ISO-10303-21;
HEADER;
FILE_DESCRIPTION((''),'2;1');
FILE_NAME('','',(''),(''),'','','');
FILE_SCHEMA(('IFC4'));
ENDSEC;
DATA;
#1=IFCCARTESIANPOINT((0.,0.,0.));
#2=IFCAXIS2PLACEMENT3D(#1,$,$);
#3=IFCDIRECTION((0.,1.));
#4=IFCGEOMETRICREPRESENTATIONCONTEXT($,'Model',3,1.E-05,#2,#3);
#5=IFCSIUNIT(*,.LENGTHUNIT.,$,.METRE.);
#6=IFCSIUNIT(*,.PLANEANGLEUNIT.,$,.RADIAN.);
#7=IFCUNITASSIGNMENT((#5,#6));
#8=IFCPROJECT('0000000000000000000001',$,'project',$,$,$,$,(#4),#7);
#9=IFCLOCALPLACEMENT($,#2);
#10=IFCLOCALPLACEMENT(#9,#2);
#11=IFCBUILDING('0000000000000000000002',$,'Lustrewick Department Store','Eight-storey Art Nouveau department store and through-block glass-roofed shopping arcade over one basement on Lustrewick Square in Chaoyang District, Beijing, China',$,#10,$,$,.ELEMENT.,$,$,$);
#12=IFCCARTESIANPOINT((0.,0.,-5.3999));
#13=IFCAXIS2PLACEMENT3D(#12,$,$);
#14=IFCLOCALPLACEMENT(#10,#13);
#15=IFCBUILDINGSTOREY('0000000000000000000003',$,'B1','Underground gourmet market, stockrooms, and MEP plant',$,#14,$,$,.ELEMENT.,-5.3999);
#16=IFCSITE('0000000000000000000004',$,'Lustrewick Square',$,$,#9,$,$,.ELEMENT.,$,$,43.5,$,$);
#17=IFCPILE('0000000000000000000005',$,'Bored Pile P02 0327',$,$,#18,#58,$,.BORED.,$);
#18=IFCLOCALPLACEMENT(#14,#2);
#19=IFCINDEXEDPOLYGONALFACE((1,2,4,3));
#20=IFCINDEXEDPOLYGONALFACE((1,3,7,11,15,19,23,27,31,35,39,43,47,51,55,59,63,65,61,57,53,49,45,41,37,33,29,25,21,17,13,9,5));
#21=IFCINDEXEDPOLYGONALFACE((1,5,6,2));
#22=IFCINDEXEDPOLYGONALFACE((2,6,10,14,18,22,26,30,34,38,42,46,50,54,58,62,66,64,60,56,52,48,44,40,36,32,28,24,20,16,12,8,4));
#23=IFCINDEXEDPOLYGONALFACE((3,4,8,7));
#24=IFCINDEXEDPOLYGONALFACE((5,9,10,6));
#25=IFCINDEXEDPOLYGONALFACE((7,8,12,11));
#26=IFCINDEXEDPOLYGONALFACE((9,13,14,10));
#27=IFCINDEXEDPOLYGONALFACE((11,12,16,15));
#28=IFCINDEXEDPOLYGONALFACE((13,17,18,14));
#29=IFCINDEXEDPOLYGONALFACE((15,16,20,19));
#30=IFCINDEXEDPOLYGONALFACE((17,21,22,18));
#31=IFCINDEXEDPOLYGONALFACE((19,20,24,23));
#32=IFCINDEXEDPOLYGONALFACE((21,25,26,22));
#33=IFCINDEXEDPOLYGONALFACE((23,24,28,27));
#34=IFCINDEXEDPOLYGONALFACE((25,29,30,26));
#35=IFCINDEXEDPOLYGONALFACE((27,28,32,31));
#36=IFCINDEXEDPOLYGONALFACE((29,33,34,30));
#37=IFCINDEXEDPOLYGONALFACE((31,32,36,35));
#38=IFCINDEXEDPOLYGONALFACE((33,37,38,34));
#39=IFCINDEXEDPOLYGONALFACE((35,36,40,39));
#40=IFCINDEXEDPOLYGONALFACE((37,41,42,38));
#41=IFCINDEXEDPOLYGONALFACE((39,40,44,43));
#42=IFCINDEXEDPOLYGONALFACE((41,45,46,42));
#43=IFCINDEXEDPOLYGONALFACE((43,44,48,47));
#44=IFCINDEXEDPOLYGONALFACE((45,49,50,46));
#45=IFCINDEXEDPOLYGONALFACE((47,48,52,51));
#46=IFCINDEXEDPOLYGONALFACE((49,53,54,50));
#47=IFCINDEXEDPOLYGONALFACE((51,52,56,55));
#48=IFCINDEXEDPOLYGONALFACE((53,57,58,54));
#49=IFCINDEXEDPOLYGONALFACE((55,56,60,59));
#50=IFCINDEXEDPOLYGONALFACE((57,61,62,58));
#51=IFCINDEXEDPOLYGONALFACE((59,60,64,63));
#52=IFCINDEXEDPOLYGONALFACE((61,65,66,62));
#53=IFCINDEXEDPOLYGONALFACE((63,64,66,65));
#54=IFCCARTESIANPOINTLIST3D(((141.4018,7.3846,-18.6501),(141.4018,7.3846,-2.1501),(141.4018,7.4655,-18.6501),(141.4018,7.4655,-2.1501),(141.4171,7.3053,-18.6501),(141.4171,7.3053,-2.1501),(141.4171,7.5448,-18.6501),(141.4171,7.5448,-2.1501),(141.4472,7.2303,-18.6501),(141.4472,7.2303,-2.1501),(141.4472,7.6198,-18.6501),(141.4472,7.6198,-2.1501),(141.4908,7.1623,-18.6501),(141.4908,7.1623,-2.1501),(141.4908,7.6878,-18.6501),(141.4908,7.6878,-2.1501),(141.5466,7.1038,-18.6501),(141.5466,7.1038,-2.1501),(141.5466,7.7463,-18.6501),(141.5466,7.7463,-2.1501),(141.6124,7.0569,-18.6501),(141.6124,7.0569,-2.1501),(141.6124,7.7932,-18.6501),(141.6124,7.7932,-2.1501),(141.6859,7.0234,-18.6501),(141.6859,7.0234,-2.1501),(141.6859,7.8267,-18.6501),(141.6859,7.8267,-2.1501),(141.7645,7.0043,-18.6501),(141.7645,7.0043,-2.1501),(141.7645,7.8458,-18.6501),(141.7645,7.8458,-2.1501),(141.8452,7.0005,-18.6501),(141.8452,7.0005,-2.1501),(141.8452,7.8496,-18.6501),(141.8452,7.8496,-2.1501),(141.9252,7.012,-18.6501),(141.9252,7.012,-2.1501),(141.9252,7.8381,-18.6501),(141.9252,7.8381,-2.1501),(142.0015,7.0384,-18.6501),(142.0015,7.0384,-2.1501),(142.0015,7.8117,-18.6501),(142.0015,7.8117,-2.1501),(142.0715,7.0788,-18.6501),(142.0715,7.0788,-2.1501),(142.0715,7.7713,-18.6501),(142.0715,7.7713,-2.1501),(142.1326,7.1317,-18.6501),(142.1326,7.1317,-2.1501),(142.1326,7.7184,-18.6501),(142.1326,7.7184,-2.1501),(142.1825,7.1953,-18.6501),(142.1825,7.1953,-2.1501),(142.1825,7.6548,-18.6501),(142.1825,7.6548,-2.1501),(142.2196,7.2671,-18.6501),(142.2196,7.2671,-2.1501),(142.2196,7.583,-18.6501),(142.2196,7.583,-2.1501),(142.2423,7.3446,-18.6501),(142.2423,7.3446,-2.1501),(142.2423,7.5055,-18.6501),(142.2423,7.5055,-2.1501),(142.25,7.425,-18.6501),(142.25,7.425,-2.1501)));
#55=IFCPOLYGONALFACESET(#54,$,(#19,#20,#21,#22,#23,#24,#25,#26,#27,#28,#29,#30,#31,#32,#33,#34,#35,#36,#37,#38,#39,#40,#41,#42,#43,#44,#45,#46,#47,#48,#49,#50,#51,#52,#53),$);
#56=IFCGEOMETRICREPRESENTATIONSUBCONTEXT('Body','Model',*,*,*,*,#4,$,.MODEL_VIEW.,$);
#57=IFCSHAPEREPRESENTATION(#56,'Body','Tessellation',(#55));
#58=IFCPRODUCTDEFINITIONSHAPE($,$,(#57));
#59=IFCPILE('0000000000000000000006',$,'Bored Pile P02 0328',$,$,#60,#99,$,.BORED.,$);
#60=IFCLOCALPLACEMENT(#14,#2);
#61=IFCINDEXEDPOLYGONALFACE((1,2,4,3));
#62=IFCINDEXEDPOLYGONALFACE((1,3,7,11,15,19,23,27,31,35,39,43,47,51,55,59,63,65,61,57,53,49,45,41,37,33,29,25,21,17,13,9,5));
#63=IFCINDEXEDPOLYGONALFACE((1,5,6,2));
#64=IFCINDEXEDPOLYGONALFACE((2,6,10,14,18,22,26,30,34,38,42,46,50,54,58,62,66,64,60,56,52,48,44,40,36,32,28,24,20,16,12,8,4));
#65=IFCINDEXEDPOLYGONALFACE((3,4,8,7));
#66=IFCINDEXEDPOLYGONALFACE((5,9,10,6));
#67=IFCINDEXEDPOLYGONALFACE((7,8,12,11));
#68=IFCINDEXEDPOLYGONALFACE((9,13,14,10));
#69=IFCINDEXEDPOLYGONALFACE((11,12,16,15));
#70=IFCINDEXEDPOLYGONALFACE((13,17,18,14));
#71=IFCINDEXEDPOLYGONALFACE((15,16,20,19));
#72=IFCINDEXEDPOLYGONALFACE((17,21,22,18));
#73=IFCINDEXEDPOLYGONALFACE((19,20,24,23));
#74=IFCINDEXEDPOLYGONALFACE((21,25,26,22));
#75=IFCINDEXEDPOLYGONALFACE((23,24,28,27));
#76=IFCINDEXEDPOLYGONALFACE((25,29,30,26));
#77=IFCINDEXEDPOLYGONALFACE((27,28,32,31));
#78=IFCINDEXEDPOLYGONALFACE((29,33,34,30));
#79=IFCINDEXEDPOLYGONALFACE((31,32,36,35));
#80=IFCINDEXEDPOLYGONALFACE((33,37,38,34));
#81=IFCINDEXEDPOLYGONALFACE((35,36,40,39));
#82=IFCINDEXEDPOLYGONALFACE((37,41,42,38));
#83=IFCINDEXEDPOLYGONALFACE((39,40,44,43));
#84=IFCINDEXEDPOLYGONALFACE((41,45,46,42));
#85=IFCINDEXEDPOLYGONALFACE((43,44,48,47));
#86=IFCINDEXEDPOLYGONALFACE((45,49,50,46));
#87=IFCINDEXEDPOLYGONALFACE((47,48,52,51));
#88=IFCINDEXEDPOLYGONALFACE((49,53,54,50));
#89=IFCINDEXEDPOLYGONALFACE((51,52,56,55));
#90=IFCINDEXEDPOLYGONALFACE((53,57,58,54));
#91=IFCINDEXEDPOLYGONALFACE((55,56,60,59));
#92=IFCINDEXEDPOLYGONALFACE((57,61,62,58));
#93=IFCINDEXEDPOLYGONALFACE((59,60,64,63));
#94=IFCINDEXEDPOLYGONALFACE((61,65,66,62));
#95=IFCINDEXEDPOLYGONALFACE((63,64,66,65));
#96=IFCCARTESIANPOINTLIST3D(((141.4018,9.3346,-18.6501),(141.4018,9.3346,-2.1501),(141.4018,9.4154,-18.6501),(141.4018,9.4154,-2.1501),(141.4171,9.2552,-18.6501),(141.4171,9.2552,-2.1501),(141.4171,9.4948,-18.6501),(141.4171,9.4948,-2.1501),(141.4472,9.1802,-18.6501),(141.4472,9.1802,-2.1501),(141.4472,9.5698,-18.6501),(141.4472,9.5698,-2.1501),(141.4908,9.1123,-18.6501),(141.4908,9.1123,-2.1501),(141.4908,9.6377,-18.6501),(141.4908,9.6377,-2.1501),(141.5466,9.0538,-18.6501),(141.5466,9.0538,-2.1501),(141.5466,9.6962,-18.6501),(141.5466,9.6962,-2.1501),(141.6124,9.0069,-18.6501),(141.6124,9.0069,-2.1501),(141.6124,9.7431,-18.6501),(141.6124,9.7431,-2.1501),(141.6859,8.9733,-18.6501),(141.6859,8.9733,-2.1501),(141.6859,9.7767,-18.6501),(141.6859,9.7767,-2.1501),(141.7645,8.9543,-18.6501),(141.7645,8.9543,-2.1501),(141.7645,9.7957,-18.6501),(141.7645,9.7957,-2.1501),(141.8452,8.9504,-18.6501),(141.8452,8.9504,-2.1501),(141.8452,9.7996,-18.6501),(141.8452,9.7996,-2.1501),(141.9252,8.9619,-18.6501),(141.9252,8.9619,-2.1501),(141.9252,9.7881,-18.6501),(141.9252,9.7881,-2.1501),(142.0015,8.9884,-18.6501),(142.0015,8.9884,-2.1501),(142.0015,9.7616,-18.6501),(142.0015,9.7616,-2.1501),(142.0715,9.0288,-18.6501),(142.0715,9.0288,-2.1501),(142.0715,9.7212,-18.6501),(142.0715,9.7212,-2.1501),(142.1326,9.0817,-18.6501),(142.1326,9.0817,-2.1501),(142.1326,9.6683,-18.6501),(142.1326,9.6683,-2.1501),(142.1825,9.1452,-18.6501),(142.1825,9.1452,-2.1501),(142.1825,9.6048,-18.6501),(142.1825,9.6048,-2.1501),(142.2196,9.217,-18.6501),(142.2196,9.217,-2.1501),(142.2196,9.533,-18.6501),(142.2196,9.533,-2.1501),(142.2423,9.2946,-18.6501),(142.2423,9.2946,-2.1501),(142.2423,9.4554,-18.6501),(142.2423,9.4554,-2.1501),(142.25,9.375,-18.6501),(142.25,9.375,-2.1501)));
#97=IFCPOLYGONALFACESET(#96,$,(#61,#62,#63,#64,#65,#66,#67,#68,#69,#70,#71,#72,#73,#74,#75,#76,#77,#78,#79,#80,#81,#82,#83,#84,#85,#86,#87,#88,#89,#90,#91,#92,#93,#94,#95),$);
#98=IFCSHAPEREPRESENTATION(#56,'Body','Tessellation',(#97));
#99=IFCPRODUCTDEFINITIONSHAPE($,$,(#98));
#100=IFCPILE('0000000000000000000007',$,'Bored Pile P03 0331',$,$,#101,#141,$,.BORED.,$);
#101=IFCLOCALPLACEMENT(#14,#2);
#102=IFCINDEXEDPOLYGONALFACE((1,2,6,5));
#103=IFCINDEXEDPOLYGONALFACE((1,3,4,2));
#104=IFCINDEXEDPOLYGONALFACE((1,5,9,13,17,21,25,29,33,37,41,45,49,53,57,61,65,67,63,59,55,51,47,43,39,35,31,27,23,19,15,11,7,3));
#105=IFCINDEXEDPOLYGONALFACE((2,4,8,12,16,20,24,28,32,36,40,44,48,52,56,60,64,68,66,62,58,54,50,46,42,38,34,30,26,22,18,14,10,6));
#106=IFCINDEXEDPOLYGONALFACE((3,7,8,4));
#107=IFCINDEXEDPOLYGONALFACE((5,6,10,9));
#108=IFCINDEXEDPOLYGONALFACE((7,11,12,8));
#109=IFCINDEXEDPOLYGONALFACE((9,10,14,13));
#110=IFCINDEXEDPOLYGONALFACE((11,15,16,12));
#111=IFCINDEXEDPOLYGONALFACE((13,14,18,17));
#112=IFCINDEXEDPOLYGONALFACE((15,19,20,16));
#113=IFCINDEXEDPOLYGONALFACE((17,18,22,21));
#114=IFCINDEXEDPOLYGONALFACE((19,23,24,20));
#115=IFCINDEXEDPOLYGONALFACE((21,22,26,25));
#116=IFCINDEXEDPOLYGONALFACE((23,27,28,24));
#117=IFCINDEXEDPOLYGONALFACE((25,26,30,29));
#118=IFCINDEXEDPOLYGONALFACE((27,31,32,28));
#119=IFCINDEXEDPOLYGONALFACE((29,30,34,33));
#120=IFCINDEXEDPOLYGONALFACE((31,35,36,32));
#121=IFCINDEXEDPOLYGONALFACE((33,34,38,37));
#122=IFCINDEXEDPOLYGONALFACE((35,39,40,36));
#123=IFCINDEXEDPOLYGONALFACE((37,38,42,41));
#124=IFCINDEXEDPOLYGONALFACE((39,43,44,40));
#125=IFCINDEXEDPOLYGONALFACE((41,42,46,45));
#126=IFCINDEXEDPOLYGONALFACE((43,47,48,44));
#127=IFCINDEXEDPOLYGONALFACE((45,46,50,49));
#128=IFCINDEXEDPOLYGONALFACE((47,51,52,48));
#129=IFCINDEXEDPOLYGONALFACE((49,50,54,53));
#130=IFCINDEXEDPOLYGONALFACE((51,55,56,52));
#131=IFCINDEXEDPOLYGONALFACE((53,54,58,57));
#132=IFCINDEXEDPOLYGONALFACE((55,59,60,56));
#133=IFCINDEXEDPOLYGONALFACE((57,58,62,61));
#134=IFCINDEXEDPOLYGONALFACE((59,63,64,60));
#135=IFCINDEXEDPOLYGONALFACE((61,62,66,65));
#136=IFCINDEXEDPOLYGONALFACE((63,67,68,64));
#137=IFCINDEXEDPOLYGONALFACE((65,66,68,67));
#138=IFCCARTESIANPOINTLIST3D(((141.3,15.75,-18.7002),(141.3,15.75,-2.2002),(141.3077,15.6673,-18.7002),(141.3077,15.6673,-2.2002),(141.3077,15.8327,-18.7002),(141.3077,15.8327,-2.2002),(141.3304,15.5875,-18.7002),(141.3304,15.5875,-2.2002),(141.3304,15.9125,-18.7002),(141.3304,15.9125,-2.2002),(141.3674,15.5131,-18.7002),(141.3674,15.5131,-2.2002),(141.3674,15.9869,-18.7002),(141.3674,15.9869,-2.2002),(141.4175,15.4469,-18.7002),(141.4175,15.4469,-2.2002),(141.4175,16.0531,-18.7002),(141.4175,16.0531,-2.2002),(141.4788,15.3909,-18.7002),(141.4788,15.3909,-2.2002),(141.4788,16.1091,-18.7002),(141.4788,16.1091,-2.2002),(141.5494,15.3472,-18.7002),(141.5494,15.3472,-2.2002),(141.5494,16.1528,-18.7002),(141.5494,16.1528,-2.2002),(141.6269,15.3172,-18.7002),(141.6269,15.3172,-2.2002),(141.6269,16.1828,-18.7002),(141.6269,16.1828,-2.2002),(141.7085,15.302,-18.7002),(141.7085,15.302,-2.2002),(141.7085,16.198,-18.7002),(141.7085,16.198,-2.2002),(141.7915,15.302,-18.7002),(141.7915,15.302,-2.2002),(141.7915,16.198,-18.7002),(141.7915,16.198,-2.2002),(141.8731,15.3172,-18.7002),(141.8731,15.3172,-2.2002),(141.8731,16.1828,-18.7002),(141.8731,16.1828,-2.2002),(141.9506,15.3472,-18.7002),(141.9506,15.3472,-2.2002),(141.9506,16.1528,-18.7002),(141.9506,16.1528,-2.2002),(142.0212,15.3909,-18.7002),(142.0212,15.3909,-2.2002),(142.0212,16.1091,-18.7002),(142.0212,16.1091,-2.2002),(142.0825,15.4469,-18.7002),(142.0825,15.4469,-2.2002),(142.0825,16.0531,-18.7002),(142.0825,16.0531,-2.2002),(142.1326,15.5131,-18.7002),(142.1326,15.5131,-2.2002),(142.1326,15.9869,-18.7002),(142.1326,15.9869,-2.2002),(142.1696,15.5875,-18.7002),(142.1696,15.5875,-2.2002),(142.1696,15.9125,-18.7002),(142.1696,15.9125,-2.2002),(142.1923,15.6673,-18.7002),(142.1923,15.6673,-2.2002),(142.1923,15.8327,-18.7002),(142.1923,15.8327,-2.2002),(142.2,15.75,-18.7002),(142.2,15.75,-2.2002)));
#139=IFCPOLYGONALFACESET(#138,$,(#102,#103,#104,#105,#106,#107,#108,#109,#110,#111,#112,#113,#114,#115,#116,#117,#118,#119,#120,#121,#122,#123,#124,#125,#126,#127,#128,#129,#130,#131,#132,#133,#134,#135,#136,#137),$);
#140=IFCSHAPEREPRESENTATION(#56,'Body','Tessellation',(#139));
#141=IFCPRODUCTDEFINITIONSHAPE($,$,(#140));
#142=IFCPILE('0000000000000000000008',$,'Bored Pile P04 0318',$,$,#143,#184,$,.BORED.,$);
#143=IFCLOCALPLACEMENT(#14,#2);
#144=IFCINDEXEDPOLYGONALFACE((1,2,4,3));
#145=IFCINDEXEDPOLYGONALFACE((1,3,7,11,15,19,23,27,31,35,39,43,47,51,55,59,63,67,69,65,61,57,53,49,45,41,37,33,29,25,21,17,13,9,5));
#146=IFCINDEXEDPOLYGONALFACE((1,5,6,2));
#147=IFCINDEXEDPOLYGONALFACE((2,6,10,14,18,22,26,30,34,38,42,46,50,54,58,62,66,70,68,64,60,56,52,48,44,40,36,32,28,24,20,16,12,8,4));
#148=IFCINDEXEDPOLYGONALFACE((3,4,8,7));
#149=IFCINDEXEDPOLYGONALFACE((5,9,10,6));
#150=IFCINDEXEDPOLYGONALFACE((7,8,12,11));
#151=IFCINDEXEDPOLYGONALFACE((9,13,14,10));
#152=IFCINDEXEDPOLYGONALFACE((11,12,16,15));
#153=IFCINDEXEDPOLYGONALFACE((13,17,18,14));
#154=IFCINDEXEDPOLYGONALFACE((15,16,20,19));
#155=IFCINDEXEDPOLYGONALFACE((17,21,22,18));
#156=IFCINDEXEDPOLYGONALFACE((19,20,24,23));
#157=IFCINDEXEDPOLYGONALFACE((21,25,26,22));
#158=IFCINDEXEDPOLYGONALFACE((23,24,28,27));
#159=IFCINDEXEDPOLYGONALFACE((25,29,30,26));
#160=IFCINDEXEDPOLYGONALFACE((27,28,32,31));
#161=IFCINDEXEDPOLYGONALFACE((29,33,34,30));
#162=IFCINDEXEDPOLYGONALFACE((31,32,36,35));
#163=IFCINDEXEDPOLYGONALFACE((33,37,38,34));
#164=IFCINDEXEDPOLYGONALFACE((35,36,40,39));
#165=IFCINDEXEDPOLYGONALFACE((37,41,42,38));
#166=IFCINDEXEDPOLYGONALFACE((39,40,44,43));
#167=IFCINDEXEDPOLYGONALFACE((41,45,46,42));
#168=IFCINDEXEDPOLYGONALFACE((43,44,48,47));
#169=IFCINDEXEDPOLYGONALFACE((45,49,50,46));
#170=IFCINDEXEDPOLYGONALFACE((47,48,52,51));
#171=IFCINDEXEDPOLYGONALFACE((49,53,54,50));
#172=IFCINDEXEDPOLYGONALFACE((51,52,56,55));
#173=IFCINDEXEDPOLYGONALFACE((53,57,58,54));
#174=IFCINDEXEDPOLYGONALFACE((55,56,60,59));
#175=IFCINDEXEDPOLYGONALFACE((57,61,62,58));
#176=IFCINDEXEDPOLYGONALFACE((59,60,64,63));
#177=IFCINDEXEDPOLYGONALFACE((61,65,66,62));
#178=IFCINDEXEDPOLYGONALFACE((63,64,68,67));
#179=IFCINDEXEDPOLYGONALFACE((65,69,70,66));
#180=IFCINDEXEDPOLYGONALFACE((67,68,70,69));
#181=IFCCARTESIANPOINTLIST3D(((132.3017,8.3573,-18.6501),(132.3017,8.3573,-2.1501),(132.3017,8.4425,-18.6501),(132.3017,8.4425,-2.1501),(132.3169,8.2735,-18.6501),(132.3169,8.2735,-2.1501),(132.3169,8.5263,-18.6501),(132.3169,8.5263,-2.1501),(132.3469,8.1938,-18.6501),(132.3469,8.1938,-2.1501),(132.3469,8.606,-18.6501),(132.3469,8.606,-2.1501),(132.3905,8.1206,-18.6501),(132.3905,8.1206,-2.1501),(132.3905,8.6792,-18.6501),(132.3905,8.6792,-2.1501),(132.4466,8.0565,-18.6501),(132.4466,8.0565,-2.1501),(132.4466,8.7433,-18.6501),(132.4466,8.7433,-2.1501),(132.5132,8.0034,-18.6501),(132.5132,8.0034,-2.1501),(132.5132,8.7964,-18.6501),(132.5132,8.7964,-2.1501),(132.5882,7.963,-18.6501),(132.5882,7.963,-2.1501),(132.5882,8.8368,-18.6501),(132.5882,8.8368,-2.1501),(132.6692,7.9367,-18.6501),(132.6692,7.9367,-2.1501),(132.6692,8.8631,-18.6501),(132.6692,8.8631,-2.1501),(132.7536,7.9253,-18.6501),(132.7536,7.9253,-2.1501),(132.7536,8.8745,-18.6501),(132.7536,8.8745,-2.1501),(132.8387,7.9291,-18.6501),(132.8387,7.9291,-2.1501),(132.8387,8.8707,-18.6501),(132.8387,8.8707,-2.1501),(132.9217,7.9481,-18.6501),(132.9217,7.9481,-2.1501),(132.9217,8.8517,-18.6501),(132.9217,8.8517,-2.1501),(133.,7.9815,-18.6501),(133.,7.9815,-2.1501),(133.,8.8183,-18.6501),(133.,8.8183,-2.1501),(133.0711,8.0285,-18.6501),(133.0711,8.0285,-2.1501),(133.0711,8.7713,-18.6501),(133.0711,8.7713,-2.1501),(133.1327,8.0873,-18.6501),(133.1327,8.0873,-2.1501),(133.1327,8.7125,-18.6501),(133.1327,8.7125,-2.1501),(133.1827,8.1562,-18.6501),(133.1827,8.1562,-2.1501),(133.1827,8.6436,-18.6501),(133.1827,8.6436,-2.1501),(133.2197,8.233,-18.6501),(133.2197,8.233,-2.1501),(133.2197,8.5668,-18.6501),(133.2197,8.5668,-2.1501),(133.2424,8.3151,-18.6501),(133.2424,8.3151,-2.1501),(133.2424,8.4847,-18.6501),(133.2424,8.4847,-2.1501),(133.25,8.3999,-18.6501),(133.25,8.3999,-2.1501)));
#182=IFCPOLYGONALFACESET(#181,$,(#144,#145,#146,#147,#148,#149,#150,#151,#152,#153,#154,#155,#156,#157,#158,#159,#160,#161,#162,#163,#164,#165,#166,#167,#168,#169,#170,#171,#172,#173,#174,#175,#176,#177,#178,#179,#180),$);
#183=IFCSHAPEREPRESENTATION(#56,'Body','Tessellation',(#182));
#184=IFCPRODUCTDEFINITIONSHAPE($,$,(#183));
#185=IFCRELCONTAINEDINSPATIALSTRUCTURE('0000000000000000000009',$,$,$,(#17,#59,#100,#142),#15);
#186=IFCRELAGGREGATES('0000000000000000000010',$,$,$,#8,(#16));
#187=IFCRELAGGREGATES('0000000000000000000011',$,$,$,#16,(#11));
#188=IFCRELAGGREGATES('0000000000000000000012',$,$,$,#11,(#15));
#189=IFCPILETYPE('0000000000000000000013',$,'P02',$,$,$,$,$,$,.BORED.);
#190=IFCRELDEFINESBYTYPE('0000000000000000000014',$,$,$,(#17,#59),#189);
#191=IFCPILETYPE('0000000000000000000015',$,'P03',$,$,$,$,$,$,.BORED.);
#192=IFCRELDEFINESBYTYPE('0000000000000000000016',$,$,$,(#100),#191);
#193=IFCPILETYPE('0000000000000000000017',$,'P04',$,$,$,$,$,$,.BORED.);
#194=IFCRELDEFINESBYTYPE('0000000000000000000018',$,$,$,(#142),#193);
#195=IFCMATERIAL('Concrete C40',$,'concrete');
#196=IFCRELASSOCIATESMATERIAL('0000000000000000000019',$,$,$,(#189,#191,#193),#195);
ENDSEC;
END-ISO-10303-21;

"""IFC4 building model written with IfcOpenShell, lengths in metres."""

from ifc_helpers import new_model, si_unit, direction, frame, origin, origin_2d, place, context, subcontext, project, spatial, circle, extrude, material, material_profile, profile_set, type_object, element, save


model = new_model("IFC4")

# Units and contexts
model_context = context("Model", 3, precision=1e-05, world=origin(), true_north=direction((0.0, 1.0)))
body_context = subcontext(model_context, "Body", "Model", "MODEL_VIEW")
ifc_project = project(units=[si_unit("LENGTHUNIT", "METRE"), si_unit("PLANEANGLEUNIT", "RADIAN")], contexts=[model_context])

# Site, building, storey
site_placement = place(None, origin())
site = spatial("IfcSite", under=ifc_project, at=site_placement, Name="Lustrewick Square", CompositionType="ELEMENT", RefElevation=43.5)
building_placement = place(site_placement, origin())
building = spatial("IfcBuilding", under=site, at=building_placement, Name="Lustrewick Department Store", Description="Eight-storey Art Nouveau department store and through-block glass-roofed shopping arcade over one basement on Lustrewick Square in Chaoyang District, Beijing, China", CompositionType="ELEMENT")
storey_placement = place(building_placement, frame((0.0, 0.0, -5.3999)))
storey = spatial("IfcBuildingStorey", under=building, at=storey_placement, Name="B1", Description="Underground gourmet market, stockrooms, and MEP plant", CompositionType="ELEMENT", Elevation=-5.3999)

# Piles
ifc_material_1 = material(Name="Concrete C40", Category="concrete")
ifc_material_profile_1 = material_profile(ifc_material_1, circle(Radius=0.425, at=origin_2d()), Name="PILE D850")
ifc_profile_set_1 = profile_set([ifc_material_profile_1], Name="Concrete C40")
pile_type_1 = type_object("IfcPileType", Name="P02", PredefinedType="BORED", material=ifc_profile_set_1)
for number, where, z_axis, x_axis, name in (
    (1, (141.825, 7.425, -2.1501), (0.0, 0.0, -1.0), (1.0, 0.0, 0.0), "Bored Pile P02 0327"),
    (2, (141.825, 9.375, -2.1501), (0.0, 0.0, -1.0), (1.0, 0.0, 0.0), "Bored Pile P02 0328"),
):
    element("IfcPile", number, at=place(storey_placement, frame(where, z_axis=z_axis, x_axis=x_axis)), inside=storey, type_object=pile_type_1, Name=name, PredefinedType="BORED", context=body_context, shape_type="SweptSolid", body=[
        extrude(circle(Radius=0.425, at=origin_2d()), origin(), (0.0, 0.0, 1.0), 16.5),
    ])
ifc_material_profile_2 = material_profile(ifc_material_1, circle(Radius=0.45, at=origin_2d()), Name="PILE D900")
ifc_profile_set_2 = profile_set([ifc_material_profile_2], Name="Concrete C40")
pile_type_2 = type_object("IfcPileType", Name="P03", PredefinedType="BORED", material=ifc_profile_set_2)
pile_1_placement = place(storey_placement, frame((141.75, 15.75, -2.2002), z_axis=(0.0, 0.0, -1.0), x_axis=(1.0, 0.0, 0.0)))
element("IfcPile", 3, at=pile_1_placement, inside=storey, type_object=pile_type_2, Name="Bored Pile P03 0331", PredefinedType="BORED", context=body_context, shape_type="SweptSolid", body=[
    extrude(circle(Radius=0.45, at=origin_2d()), origin(), (0.0, 0.0, 1.0), 16.5),
])
ifc_material_profile_3 = material_profile(ifc_material_1, circle(Radius=0.4751, at=origin_2d()), Name="PILE D950")
ifc_profile_set_3 = profile_set([ifc_material_profile_3], Name="Concrete C40")
pile_type_3 = type_object("IfcPileType", Name="P04", PredefinedType="BORED", material=ifc_profile_set_3)
for number, where, z_axis, x_axis, name in (
    (4, (132.7749, 8.3999, -2.1501), (0.0, 0.0, -1.0), (1.0, 0.0, 0.0), "Bored Pile P04 0318"),
):
    element("IfcPile", number, at=place(storey_placement, frame(where, z_axis=z_axis, x_axis=x_axis)), inside=storey, type_object=pile_type_3, Name=name, PredefinedType="BORED", context=body_context, shape_type="SweptSolid", body=[
        extrude(circle(Radius=0.4751, at=origin_2d()), origin(), (0.0, 0.0, 1.0), 16.5),
    ])

save(model, "model.ifc")
